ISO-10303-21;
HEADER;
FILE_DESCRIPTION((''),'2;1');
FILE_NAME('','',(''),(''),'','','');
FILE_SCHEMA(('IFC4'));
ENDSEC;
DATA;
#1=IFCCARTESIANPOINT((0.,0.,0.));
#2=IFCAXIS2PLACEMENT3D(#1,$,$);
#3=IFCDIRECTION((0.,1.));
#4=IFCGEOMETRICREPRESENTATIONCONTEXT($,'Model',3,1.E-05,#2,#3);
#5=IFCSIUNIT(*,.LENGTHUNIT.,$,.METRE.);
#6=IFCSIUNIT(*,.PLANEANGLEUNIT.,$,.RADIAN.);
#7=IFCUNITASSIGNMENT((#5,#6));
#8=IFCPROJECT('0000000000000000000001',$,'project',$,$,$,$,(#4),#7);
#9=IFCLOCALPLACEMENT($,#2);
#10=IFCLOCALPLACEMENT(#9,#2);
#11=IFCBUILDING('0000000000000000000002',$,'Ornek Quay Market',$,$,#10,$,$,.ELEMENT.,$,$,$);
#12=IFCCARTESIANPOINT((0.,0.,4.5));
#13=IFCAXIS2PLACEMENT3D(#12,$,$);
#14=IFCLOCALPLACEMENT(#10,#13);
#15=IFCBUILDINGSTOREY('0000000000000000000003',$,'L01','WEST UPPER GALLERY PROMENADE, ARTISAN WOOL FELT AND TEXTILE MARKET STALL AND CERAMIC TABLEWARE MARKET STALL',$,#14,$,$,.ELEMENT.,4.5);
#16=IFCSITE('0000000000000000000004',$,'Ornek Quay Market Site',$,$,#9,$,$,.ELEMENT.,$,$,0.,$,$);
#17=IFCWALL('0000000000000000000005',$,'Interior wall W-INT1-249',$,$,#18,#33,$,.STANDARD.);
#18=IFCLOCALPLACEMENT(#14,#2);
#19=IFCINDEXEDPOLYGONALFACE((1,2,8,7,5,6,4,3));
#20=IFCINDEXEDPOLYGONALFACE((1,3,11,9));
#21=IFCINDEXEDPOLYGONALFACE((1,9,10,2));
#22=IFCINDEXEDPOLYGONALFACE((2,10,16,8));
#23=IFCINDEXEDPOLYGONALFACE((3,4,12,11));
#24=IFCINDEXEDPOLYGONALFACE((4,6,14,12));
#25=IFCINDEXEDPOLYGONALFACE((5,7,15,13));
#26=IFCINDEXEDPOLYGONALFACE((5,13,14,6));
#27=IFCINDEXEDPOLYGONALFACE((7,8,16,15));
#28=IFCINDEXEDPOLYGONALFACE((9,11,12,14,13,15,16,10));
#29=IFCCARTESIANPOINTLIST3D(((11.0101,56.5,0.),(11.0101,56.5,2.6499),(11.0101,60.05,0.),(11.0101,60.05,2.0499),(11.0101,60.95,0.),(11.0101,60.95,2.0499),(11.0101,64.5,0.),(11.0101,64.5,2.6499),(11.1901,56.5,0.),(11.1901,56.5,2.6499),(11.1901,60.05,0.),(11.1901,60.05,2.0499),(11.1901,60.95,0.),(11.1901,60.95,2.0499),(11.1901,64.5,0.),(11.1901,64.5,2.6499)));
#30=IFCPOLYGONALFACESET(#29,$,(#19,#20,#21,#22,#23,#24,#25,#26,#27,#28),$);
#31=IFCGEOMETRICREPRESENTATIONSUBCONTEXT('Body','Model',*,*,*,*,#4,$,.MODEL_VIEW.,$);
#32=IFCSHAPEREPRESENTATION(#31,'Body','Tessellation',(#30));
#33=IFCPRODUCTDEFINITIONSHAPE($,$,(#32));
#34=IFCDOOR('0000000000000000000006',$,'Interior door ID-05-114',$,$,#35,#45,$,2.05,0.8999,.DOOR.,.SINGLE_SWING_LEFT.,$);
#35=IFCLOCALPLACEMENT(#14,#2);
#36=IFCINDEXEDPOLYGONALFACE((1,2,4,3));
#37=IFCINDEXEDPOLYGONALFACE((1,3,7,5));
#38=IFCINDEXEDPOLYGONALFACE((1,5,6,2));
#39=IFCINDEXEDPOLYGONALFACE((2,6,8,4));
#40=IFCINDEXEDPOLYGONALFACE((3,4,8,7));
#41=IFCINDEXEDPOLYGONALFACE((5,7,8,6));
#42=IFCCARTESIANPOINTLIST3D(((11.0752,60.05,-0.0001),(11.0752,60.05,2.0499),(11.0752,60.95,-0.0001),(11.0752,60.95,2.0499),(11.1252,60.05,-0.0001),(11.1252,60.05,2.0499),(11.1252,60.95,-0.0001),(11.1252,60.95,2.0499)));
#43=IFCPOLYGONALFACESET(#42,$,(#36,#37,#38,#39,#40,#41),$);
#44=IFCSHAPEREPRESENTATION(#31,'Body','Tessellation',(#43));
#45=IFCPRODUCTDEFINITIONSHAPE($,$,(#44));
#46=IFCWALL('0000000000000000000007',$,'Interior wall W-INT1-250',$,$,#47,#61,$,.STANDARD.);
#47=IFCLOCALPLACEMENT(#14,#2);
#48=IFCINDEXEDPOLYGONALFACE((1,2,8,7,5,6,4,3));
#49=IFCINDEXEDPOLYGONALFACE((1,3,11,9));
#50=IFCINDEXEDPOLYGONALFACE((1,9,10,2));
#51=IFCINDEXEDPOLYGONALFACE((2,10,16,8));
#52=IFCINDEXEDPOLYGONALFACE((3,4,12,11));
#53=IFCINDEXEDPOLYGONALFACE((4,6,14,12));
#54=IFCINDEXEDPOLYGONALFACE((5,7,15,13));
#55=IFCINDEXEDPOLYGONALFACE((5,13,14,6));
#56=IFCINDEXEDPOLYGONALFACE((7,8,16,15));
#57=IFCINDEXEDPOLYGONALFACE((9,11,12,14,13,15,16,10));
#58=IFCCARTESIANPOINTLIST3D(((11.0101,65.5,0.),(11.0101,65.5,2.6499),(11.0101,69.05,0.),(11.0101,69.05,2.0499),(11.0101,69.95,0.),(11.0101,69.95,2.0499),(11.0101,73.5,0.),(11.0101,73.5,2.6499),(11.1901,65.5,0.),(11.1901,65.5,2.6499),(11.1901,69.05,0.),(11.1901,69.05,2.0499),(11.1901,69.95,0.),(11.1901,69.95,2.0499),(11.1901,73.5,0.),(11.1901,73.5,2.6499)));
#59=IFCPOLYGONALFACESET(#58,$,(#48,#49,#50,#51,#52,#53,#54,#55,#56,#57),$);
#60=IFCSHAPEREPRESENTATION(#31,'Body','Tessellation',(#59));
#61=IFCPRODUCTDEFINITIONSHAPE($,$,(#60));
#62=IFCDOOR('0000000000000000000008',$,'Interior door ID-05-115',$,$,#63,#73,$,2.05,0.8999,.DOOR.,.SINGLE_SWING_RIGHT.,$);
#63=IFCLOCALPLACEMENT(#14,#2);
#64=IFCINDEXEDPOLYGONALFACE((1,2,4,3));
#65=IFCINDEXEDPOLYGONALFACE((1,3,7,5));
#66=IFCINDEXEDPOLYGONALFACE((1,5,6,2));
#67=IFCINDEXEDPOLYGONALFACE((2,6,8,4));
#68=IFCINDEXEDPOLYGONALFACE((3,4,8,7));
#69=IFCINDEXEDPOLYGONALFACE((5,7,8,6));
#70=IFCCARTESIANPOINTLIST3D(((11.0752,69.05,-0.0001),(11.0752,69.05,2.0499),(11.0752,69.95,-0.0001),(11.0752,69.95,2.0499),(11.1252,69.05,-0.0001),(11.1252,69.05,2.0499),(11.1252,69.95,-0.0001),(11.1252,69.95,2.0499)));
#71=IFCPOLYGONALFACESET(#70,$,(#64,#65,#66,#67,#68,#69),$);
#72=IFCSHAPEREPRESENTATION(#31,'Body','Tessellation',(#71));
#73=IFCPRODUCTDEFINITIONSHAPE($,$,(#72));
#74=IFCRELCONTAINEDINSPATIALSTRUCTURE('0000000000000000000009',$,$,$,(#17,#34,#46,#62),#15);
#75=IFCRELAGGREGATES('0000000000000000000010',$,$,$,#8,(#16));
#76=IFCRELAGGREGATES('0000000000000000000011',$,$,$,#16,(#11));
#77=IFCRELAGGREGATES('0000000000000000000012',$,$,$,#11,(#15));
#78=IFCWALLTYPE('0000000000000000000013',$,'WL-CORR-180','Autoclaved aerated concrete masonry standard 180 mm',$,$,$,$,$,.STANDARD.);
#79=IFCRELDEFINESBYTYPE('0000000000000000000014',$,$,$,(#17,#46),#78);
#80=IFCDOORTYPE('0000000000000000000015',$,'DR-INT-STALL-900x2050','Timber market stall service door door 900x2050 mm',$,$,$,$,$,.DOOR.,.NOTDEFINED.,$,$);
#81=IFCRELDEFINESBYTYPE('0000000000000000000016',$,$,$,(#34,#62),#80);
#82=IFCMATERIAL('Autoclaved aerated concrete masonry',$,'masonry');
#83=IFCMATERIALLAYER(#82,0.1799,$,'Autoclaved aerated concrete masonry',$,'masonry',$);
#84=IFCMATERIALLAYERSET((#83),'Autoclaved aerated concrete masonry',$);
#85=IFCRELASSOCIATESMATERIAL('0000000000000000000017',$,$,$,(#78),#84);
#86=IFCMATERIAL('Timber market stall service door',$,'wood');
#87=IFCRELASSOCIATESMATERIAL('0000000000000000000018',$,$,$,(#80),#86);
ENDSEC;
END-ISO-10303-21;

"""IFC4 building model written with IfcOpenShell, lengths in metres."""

from ifc_helpers import new_model, si_unit, direction, frame, frame_2d, origin, place, context, subcontext, project, spatial, rectangle, extrude, material, layer, layer_set, type_object, element, fill, save


model = new_model("IFC4")

# Units and contexts
model_context = context("Model", 3, precision=1e-05, world=origin(), true_north=direction((0.0, 1.0)))
body_context = subcontext(model_context, "Body", "Model", "MODEL_VIEW")
ifc_project = project(units=[si_unit("LENGTHUNIT", "METRE"), si_unit("PLANEANGLEUNIT", "RADIAN")], contexts=[model_context])

# Site, building, storey
site_placement = place(None, origin())
site = spatial("IfcSite", under=ifc_project, at=site_placement, Name="Ornek Quay Market Site", CompositionType="ELEMENT", RefElevation=0.0)
building_placement = place(site_placement, origin())
building = spatial("IfcBuilding", under=site, at=building_placement, Name="Ornek Quay Market", CompositionType="ELEMENT")
storey_placement = place(building_placement, frame((0.0, 0.0, 4.5)))
storey = spatial("IfcBuildingStorey", under=building, at=storey_placement, Name="L01", Description="WEST UPPER GALLERY PROMENADE, ARTISAN WOOL FELT AND TEXTILE MARKET STALL AND CERAMIC TABLEWARE MARKET STALL", CompositionType="ELEMENT", Elevation=4.5)

# Walls, openings, doors
ifc_material_1 = material(Name="Autoclaved aerated concrete masonry", Category="masonry")
ifc_layer_1 = layer(ifc_material_1, 0.1799, Name="Autoclaved aerated concrete masonry", Category="masonry")
ifc_layer_set_1 = layer_set([ifc_layer_1], Name="Autoclaved aerated concrete masonry")
wall_type = type_object("IfcWallType", Name="WL-CORR-180", Description="Autoclaved aerated concrete masonry standard 180 mm", PredefinedType="STANDARD", material=ifc_layer_set_1)
wall_1_placement = place(storey_placement, frame((11.1001, 56.5, 0.0), z_axis=(0.0, 0.0, 1.0), x_axis=(0.0, 1.0, 0.0)))
wall_1 = element("IfcWall", 1, at=wall_1_placement, inside=storey, type_object=wall_type, Name="Interior wall W-INT1-249", PredefinedType="STANDARD", context=body_context, shape_type="SweptSolid", body=[
    extrude(rectangle(XDim=8.0, YDim=0.1799, at=frame_2d((4.0, 0.0))), origin(), (0.0, 0.0, 1.0), 2.6499),
])
opening_1_placement = place(wall_1_placement, frame((3.55, 0.0, 0.0)))
opening_1 = element("IfcOpeningElement", 2, at=opening_1_placement, cuts=wall_1, PredefinedType="OPENING", context=body_context, shape_type="SweptSolid", body=[
    extrude(rectangle(XDim=0.8999, YDim=2.05, at=frame_2d((0.45, 1.0249))), frame((0.0, 0.0999, 0.0), z_axis=(0.0, -1.0, 0.0), x_axis=(1.0, 0.0, 0.0)), (0.0, 0.0, 1.0), 0.2),
])
ifc_material_2 = material(Name="Timber market stall service door", Category="wood")
door_type = type_object("IfcDoorType", Name="DR-INT-STALL-900x2050", Description="Timber market stall service door door 900x2050 mm", OperationType="NOTDEFINED", PredefinedType="DOOR", material=ifc_material_2)
door_1_placement = place(opening_1_placement, origin())
door_1 = element("IfcDoor", 3, at=door_1_placement, inside=storey, type_object=door_type, Name="Interior door ID-05-114", OperationType="SINGLE_SWING_LEFT", OverallHeight=2.05, OverallWidth=0.8999, PredefinedType="DOOR", context=body_context, shape_type="SweptSolid", body=[
    extrude(rectangle(XDim=0.8999, YDim=2.05, at=frame_2d((0.45, 1.0249))), frame((0.0, 0.0249, 0.0), z_axis=(0.0, -1.0, 0.0), x_axis=(1.0, 0.0, 0.0)), (0.0, 0.0, 1.0), 0.05),
])
fill(opening_1, door_1)
wall_2_placement = place(storey_placement, frame((11.1001, 65.5, 0.0), z_axis=(0.0, 0.0, 1.0), x_axis=(0.0, 1.0, 0.0)))
wall_2 = element("IfcWall", 4, at=wall_2_placement, inside=storey, type_object=wall_type, Name="Interior wall W-INT1-250", PredefinedType="STANDARD", context=body_context, shape_type="SweptSolid", body=[
    extrude(rectangle(XDim=8.0, YDim=0.1799, at=frame_2d((4.0, 0.0))), origin(), (0.0, 0.0, 1.0), 2.6499),
])
opening_2_placement = place(wall_2_placement, frame((3.55, 0.0, 0.0)))
opening_2 = element("IfcOpeningElement", 5, at=opening_2_placement, cuts=wall_2, PredefinedType="OPENING", context=body_context, shape_type="SweptSolid", body=[
    extrude(rectangle(XDim=0.8999, YDim=2.05, at=frame_2d((0.45, 1.0249))), frame((0.0, 0.0999, 0.0), z_axis=(0.0, -1.0, 0.0), x_axis=(1.0, 0.0, 0.0)), (0.0, 0.0, 1.0), 0.2),
])
door_2_placement = place(opening_2_placement, origin())
door_2 = element("IfcDoor", 6, at=door_2_placement, inside=storey, type_object=door_type, Name="Interior door ID-05-115", OperationType="SINGLE_SWING_RIGHT", OverallHeight=2.05, OverallWidth=0.8999, PredefinedType="DOOR", context=body_context, shape_type="SweptSolid", body=[
    extrude(rectangle(XDim=0.8999, YDim=2.05, at=frame_2d((0.45, 1.0249))), frame((0.0, 0.0249, 0.0), z_axis=(0.0, -1.0, 0.0), x_axis=(1.0, 0.0, 0.0)), (0.0, 0.0, 1.0), 0.05),
])
fill(opening_2, door_2)

save(model, "model.ifc")
